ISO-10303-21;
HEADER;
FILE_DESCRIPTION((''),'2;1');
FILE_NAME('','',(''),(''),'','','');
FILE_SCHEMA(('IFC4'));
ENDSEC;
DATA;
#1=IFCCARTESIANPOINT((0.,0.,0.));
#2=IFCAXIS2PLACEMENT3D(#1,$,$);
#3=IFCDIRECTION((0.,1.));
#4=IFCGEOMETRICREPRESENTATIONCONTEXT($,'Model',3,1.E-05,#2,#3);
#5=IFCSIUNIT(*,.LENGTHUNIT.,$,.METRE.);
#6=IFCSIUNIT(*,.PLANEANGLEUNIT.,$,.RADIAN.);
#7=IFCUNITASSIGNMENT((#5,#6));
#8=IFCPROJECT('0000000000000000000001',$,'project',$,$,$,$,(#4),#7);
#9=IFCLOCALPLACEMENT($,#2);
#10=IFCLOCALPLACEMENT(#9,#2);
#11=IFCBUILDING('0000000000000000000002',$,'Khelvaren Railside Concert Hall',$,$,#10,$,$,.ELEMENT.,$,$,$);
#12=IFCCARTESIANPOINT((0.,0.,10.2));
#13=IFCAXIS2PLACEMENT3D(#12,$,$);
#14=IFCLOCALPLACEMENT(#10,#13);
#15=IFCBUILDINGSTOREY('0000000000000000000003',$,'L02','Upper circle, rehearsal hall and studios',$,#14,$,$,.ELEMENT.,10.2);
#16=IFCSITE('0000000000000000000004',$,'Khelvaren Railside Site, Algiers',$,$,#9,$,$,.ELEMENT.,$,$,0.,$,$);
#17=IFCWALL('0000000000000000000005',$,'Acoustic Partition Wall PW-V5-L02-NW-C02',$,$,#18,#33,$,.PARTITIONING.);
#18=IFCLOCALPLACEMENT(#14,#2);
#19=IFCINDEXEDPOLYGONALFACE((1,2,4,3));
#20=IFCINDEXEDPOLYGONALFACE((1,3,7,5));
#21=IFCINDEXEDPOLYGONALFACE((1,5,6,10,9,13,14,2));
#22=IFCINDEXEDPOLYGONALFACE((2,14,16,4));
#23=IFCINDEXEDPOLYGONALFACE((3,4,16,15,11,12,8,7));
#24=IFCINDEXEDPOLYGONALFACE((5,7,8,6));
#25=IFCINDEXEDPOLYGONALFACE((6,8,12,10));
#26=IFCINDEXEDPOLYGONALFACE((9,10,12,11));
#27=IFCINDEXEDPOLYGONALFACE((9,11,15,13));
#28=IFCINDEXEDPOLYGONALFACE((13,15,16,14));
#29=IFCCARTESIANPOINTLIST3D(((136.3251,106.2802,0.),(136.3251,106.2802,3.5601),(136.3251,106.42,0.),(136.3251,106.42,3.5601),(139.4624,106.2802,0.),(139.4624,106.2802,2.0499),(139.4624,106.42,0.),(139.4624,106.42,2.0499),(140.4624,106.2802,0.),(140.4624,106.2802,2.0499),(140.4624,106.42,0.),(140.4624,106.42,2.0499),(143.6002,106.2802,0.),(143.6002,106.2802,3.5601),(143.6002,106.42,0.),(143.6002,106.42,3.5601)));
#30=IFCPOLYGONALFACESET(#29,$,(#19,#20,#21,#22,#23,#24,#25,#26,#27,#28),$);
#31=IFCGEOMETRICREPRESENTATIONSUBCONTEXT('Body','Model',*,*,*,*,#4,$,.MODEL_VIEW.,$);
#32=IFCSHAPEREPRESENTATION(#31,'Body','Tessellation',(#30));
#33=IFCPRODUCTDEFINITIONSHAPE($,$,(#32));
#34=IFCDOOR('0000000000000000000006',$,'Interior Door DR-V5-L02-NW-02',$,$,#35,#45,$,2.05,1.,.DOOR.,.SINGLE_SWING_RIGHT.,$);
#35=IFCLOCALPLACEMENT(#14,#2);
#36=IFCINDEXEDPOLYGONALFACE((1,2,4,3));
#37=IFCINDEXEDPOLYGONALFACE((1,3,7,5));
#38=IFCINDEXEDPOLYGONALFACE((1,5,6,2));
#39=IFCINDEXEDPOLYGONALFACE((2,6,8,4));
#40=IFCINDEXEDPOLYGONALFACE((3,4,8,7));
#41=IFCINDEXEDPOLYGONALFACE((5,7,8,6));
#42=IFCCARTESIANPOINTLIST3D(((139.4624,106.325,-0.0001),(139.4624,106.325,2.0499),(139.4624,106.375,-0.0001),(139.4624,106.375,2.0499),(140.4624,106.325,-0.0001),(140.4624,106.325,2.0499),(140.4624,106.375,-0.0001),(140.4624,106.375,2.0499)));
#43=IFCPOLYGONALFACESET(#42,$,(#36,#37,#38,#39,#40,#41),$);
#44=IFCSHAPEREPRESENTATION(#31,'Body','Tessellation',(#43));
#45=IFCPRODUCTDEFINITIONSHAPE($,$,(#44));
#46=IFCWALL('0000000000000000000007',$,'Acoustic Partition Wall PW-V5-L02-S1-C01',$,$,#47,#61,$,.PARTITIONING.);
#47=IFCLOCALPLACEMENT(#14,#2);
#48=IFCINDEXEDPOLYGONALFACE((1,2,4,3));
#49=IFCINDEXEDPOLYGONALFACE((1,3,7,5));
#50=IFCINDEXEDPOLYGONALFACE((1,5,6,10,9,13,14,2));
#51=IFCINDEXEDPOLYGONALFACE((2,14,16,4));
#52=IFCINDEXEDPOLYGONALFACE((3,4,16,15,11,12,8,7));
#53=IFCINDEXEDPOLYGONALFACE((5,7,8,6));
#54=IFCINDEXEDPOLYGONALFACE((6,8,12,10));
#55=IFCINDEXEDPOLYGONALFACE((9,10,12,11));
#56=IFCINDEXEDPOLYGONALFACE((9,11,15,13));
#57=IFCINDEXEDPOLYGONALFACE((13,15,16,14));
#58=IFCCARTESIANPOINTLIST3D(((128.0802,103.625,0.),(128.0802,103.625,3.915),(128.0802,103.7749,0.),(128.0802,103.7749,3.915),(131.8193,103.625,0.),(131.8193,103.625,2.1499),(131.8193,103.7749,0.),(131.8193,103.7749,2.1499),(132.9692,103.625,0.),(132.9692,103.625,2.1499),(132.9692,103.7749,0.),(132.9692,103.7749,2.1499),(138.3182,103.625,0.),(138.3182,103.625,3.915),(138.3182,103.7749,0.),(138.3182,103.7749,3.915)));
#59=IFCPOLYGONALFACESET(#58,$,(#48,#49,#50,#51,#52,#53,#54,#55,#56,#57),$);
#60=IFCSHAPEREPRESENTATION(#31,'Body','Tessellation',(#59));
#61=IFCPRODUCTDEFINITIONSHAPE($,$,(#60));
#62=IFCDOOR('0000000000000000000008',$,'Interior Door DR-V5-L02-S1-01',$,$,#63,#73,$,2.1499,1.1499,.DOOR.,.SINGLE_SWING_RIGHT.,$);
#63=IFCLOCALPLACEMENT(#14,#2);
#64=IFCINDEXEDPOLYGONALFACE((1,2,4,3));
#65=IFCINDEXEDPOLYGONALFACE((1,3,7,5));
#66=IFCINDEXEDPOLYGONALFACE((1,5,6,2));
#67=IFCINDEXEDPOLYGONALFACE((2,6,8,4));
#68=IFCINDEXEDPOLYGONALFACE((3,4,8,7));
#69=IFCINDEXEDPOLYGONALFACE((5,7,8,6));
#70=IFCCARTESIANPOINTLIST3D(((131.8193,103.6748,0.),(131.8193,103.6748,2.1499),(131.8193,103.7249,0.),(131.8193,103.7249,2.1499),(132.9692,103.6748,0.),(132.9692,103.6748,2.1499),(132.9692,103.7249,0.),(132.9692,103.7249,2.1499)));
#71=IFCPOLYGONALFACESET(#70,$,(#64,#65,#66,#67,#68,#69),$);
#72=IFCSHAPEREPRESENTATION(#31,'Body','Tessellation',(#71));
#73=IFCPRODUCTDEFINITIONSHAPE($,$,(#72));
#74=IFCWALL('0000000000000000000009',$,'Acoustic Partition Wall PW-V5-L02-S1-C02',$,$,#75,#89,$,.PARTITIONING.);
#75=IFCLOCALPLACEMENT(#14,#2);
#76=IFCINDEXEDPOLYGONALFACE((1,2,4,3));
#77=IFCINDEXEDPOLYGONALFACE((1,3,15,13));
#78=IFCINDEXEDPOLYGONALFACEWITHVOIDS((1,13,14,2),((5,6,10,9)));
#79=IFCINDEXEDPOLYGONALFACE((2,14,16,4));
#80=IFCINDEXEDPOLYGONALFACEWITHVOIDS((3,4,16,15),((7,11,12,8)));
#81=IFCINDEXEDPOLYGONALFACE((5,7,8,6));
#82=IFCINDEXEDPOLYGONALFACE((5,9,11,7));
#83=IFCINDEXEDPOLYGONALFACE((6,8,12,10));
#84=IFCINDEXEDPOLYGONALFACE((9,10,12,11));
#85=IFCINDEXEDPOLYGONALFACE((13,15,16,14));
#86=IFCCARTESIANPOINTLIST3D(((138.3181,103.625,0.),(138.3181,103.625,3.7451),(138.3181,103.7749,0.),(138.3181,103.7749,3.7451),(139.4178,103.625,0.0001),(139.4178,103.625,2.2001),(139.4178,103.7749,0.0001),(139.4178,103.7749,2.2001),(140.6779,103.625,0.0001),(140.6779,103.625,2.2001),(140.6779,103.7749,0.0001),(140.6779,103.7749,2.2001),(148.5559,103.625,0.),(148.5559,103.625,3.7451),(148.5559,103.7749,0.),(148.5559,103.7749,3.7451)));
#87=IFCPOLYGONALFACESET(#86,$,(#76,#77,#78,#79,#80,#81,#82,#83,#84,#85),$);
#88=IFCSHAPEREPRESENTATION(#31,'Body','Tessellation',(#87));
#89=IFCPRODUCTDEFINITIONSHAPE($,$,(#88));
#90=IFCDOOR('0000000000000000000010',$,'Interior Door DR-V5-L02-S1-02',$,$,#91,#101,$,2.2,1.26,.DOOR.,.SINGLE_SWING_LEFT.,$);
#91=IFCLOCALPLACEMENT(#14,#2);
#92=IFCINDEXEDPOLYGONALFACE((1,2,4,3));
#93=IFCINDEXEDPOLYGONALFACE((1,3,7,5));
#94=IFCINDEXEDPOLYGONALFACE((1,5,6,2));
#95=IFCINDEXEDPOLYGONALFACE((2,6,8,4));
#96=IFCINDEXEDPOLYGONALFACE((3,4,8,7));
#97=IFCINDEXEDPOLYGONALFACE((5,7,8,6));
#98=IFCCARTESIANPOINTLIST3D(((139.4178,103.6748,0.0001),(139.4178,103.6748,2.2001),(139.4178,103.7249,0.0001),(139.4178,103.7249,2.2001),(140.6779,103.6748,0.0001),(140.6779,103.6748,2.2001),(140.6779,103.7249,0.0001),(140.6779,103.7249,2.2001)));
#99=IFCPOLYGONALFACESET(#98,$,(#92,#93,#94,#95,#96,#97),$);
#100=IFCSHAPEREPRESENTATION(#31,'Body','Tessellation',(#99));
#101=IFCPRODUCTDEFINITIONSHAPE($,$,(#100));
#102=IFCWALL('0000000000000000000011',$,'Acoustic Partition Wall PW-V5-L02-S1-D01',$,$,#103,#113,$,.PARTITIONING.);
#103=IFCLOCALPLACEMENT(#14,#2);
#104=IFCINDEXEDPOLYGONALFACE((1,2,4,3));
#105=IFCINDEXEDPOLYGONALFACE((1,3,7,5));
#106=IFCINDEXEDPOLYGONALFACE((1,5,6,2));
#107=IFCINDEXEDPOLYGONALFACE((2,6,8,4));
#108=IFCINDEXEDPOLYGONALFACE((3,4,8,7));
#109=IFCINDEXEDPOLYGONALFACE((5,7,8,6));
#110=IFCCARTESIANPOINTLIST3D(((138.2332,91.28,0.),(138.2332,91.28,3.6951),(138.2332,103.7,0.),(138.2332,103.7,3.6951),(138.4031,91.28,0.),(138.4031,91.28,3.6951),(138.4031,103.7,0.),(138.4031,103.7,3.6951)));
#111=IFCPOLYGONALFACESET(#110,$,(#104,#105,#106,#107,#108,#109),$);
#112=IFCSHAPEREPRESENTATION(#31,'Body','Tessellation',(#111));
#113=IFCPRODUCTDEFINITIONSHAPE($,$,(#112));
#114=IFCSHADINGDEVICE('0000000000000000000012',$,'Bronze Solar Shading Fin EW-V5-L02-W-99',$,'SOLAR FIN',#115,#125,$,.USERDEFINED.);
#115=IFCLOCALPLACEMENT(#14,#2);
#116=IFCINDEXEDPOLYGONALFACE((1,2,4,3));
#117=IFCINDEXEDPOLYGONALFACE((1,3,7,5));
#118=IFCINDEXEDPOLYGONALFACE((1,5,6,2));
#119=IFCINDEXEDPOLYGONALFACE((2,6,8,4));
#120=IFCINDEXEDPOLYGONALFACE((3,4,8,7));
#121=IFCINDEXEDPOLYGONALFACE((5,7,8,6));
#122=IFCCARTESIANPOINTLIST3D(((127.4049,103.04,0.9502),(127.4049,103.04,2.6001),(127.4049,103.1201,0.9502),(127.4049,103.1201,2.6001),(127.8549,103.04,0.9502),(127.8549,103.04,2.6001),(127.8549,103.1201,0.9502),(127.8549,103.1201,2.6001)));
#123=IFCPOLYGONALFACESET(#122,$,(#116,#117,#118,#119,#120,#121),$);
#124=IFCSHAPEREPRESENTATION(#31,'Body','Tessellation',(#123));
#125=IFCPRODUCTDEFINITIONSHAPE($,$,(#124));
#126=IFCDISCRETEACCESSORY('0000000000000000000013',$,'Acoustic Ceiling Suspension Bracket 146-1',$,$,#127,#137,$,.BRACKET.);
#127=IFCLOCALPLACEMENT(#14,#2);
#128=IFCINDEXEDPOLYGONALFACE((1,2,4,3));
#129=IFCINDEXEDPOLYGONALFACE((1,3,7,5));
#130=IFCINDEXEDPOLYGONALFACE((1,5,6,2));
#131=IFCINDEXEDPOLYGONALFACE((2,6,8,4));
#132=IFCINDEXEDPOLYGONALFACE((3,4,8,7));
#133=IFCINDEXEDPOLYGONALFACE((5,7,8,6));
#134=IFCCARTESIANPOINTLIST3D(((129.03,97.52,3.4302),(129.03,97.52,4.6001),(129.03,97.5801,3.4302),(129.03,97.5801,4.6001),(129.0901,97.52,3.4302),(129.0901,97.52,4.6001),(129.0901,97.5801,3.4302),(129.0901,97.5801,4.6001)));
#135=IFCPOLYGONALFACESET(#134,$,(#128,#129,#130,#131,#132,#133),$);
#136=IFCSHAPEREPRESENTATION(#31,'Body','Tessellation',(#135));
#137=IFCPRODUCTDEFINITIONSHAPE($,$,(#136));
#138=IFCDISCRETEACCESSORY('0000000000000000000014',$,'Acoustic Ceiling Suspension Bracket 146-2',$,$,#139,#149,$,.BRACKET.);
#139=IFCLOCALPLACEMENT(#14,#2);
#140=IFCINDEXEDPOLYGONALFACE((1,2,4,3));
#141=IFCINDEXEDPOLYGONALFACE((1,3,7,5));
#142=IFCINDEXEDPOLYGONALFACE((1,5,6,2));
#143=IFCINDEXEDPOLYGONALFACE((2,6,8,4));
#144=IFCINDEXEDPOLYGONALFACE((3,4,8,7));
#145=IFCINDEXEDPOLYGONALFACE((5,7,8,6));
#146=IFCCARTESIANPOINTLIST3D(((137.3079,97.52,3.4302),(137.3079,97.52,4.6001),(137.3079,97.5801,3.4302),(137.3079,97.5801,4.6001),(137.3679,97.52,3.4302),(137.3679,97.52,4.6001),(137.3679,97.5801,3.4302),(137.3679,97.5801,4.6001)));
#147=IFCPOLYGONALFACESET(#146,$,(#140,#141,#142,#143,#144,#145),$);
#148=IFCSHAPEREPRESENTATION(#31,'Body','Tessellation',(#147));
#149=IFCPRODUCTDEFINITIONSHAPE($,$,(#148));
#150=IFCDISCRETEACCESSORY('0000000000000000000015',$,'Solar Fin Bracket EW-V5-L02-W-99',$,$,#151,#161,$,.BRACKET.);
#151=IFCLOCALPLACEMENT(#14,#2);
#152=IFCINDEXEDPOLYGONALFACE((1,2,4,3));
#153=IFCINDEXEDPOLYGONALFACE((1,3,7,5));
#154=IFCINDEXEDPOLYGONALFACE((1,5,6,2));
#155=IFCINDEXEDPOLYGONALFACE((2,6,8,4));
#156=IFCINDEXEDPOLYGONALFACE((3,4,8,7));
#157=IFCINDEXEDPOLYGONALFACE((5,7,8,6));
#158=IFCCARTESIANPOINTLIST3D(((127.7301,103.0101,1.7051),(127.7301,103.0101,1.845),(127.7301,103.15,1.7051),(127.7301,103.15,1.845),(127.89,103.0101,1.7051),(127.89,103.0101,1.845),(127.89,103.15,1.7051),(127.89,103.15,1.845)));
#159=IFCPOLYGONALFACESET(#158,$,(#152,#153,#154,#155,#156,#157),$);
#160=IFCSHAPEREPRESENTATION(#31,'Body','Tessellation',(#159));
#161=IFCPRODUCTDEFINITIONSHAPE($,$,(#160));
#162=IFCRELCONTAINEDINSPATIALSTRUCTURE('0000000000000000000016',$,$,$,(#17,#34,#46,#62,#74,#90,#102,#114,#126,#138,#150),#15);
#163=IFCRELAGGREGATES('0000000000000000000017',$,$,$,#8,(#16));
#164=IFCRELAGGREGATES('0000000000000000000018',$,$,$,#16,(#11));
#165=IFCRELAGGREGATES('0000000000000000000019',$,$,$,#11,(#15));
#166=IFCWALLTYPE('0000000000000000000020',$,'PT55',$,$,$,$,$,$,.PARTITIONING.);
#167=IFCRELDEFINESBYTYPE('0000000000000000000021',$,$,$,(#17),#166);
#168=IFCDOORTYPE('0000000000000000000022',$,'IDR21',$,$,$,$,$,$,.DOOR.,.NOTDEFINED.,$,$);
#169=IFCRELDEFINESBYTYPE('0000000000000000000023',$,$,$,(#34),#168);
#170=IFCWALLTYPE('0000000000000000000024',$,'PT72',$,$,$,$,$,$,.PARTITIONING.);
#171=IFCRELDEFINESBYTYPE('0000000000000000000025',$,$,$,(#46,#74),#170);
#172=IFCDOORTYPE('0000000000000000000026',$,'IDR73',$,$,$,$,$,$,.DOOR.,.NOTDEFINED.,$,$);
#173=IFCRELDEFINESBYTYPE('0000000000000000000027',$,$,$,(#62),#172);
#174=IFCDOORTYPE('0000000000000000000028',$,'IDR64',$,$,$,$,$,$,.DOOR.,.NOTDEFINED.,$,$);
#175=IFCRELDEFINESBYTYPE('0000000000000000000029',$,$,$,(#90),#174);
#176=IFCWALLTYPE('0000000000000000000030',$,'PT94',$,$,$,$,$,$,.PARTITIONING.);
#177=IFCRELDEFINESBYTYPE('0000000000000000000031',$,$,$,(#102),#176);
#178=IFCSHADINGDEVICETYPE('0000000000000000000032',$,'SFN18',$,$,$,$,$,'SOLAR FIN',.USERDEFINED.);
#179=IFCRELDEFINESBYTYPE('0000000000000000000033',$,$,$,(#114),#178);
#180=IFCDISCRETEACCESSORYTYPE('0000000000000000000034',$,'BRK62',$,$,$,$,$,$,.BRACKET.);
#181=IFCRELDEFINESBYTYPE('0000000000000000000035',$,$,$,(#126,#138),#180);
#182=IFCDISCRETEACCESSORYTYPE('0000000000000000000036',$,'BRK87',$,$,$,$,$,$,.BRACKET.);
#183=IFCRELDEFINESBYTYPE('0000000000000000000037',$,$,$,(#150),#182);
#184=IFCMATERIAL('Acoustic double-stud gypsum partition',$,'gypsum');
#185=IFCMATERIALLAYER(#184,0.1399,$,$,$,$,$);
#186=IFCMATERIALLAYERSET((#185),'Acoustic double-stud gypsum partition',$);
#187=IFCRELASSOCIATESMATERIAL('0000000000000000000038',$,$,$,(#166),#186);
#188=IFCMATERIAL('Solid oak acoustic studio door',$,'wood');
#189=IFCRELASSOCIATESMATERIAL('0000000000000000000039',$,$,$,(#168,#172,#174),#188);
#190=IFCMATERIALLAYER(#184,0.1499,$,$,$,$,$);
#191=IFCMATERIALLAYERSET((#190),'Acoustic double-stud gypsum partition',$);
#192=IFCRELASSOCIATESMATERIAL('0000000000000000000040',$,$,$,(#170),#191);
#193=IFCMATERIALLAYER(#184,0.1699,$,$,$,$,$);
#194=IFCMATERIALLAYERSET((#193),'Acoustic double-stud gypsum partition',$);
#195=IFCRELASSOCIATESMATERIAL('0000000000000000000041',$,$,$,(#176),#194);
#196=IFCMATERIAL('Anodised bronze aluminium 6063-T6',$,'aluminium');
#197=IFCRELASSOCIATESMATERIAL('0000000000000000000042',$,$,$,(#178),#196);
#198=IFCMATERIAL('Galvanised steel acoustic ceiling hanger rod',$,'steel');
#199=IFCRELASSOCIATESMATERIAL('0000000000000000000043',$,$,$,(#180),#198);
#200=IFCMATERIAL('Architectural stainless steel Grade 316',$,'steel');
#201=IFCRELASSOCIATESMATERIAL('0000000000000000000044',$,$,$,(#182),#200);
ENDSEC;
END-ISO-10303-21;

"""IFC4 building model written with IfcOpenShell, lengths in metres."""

from ifc_helpers import new_model, si_unit, direction, frame, frame_2d, origin, origin_2d, place, context, subcontext, project, spatial, rectangle, extrude, material, layer, layer_set, type_object, element, fill, save


model = new_model("IFC4")

# Units and contexts
model_context = context("Model", 3, precision=1e-05, world=origin(), true_north=direction((0.0, 1.0)))
body_context = subcontext(model_context, "Body", "Model", "MODEL_VIEW")
ifc_project = project(units=[si_unit("LENGTHUNIT", "METRE"), si_unit("PLANEANGLEUNIT", "RADIAN")], contexts=[model_context])

# Site, building, storey
site_placement = place(None, origin())
site = spatial("IfcSite", under=ifc_project, at=site_placement, Name="Khelvaren Railside Site, Algiers", CompositionType="ELEMENT", RefElevation=0.0)
building_placement = place(site_placement, origin())
building = spatial("IfcBuilding", under=site, at=building_placement, Name="Khelvaren Railside Concert Hall", CompositionType="ELEMENT")
storey_placement = place(building_placement, frame((0.0, 0.0, 10.2)))
storey = spatial("IfcBuildingStorey", under=building, at=storey_placement, Name="L02", Description="Upper circle, rehearsal hall and studios", CompositionType="ELEMENT", Elevation=10.2)

# Walls, openings, doors
ifc_material_1 = material(Name="Acoustic double-stud gypsum partition", Category="gypsum")
ifc_layer_1 = layer(ifc_material_1, 0.1399)
ifc_layer_set_1 = layer_set([ifc_layer_1], Name="Acoustic double-stud gypsum partition")
wall_type_1 = type_object("IfcWallType", Name="PT55", PredefinedType="PARTITIONING", material=ifc_layer_set_1)
ifc_material_2 = material(Name="Solid oak acoustic studio door", Category="wood")
wall_1_placement = place(storey_placement, frame((136.325, 106.3501, 0.0), z_axis=(0.0, 0.0, 1.0), x_axis=(1.0, 0.0, 0.0)))
wall_1 = element("IfcWall", 1, at=wall_1_placement, inside=storey, type_object=wall_type_1, Name="Acoustic Partition Wall PW-V5-L02-NW-C02", PredefinedType="PARTITIONING", context=body_context, shape_type="SweptSolid", body=[
    extrude(rectangle(XDim=7.2751, YDim=0.1399, at=frame_2d((3.6377, 0.0))), origin(), (0.0, 0.0, 1.0), 3.5601),
])
opening_1_placement = place(wall_1_placement, frame((3.1375, 0.0, 0.0)))
opening_1 = element("IfcOpeningElement", 2, at=opening_1_placement, cuts=wall_1, PredefinedType="OPENING", context=body_context, shape_type="SweptSolid", body=[
    extrude(rectangle(XDim=1.0, YDim=2.05, at=frame_2d((0.5, 1.0249))), frame((0.0, 0.0798, 0.0), z_axis=(0.0, -1.0, 0.0), x_axis=(1.0, 0.0, 0.0)), (0.0, 0.0, 1.0), 0.1599),
])
door_type_1 = type_object("IfcDoorType", Name="IDR21", OperationType="NOTDEFINED", PredefinedType="DOOR", material=ifc_material_2)
door_1_placement = place(opening_1_placement, origin())
door_1 = element("IfcDoor", 3, at=door_1_placement, inside=storey, type_object=door_type_1, Name="Interior Door DR-V5-L02-NW-02", OperationType="SINGLE_SWING_RIGHT", OverallHeight=2.05, OverallWidth=1.0, PredefinedType="DOOR", context=body_context, shape_type="SweptSolid", body=[
    extrude(rectangle(XDim=1.0, YDim=2.05, at=frame_2d((0.5, 1.0249))), frame((0.0, 0.0249, 0.0), z_axis=(0.0, -1.0, 0.0), x_axis=(1.0, 0.0, 0.0)), (0.0, 0.0, 1.0), 0.05),
])
fill(opening_1, door_1)
ifc_layer_2 = layer(ifc_material_1, 0.1499)
ifc_layer_set_2 = layer_set([ifc_layer_2], Name="Acoustic double-stud gypsum partition")
wall_type_2 = type_object("IfcWallType", Name="PT72", PredefinedType="PARTITIONING", material=ifc_layer_set_2)
wall_2_placement = place(storey_placement, frame((128.0801, 103.7, 0.0), z_axis=(0.0, 0.0, 1.0), x_axis=(1.0, 0.0, 0.0)))
wall_2 = element("IfcWall", 4, at=wall_2_placement, inside=storey, type_object=wall_type_2, Name="Acoustic Partition Wall PW-V5-L02-S1-C01", PredefinedType="PARTITIONING", context=body_context, shape_type="SweptSolid", body=[
    extrude(rectangle(XDim=10.238, YDim=0.1499, at=frame_2d((5.1191, 0.0))), origin(), (0.0, 0.0, 1.0), 3.915),
])
opening_2_placement = place(wall_2_placement, frame((3.7393, 0.0, 0.0)))
opening_2 = element("IfcOpeningElement", 5, at=opening_2_placement, cuts=wall_2, PredefinedType="OPENING", context=body_context, shape_type="SweptSolid", body=[
    extrude(rectangle(XDim=1.1499, YDim=2.1499, at=frame_2d((0.575, 1.075))), frame((0.0, 0.085, 0.0), z_axis=(0.0, -1.0, 0.0), x_axis=(1.0, 0.0, 0.0)), (0.0, 0.0, 1.0), 0.1699),
])
door_type_2 = type_object("IfcDoorType", Name="IDR73", OperationType="NOTDEFINED", PredefinedType="DOOR", material=ifc_material_2)
door_2_placement = place(opening_2_placement, origin())
door_2 = element("IfcDoor", 6, at=door_2_placement, inside=storey, type_object=door_type_2, Name="Interior Door DR-V5-L02-S1-01", OperationType="SINGLE_SWING_RIGHT", OverallHeight=2.1499, OverallWidth=1.1499, PredefinedType="DOOR", context=body_context, shape_type="SweptSolid", body=[
    extrude(rectangle(XDim=1.1499, YDim=2.1499, at=frame_2d((0.575, 1.075))), frame((0.0, 0.0249, 0.0), z_axis=(0.0, -1.0, 0.0), x_axis=(1.0, 0.0, 0.0)), (0.0, 0.0, 1.0), 0.05),
])
fill(opening_2, door_2)
wall_3_placement = place(storey_placement, frame((138.3181, 103.7, 0.0), z_axis=(0.0, 0.0, 1.0), x_axis=(1.0, 0.0, 0.0)))
wall_3 = element("IfcWall", 7, at=wall_3_placement, inside=storey, type_object=wall_type_2, Name="Acoustic Partition Wall PW-V5-L02-S1-C02", PredefinedType="PARTITIONING", context=body_context, shape_type="SweptSolid", body=[
    extrude(rectangle(XDim=10.2378, YDim=0.1499, at=frame_2d((5.1189, 0.0))), origin(), (0.0, 0.0, 1.0), 3.7451),
])
opening_3_placement = place(wall_3_placement, frame((1.0999, 0.0, 0.0)))
opening_3 = element("IfcOpeningElement", 8, at=opening_3_placement, cuts=wall_3, PredefinedType="OPENING", context=body_context, shape_type="SweptSolid", body=[
    extrude(rectangle(XDim=1.26, YDim=2.2, at=frame_2d((0.6299, 1.1001))), frame((0.0, 0.085, 0.0), z_axis=(0.0, -1.0, 0.0), x_axis=(1.0, 0.0, 0.0)), (0.0, 0.0, 1.0), 0.1699),
])
door_type_3 = type_object("IfcDoorType", Name="IDR64", OperationType="NOTDEFINED", PredefinedType="DOOR", material=ifc_material_2)
door_3_placement = place(opening_3_placement, origin())
door_3 = element("IfcDoor", 9, at=door_3_placement, inside=storey, type_object=door_type_3, Name="Interior Door DR-V5-L02-S1-02", OperationType="SINGLE_SWING_LEFT", OverallHeight=2.2, OverallWidth=1.26, PredefinedType="DOOR", context=body_context, shape_type="SweptSolid", body=[
    extrude(rectangle(XDim=1.26, YDim=2.2, at=frame_2d((0.6299, 1.1001))), frame((0.0, 0.0249, 0.0), z_axis=(0.0, -1.0, 0.0), x_axis=(1.0, 0.0, 0.0)), (0.0, 0.0, 1.0), 0.05),
])
fill(opening_3, door_3)

# Wall
ifc_layer_3 = layer(ifc_material_1, 0.1699)
ifc_layer_set_3 = layer_set([ifc_layer_3], Name="Acoustic double-stud gypsum partition")
wall_type_3 = type_object("IfcWallType", Name="PT94", PredefinedType="PARTITIONING", material=ifc_layer_set_3)
wall_4_placement = place(storey_placement, frame((138.3181, 91.28, 0.0), z_axis=(0.0, 0.0, 1.0), x_axis=(0.0, 1.0, 0.0)))
element("IfcWall", 10, at=wall_4_placement, inside=storey, type_object=wall_type_3, Name="Acoustic Partition Wall PW-V5-L02-S1-D01", PredefinedType="PARTITIONING", context=body_context, shape_type="SweptSolid", body=[
    extrude(rectangle(XDim=12.4199, YDim=0.1699, at=frame_2d((6.21, 0.0))), origin(), (0.0, 0.0, 1.0), 3.6951),
])

# Shading device
ifc_material_3 = material(Name="Anodised bronze aluminium 6063-T6", Category="aluminium")
shading_device_type = type_object("IfcShadingDeviceType", Name="SFN18", ElementType="SOLAR FIN", PredefinedType="USERDEFINED", material=ifc_material_3)
shading_device_placement = place(storey_placement, frame((127.6299, 103.0801, 0.9502), z_axis=(0.0, 0.0, 1.0), x_axis=(0.0, 1.0, 0.0)))
element("IfcShadingDevice", 11, at=shading_device_placement, inside=storey, type_object=shading_device_type, Name="Bronze Solar Shading Fin EW-V5-L02-W-99", ObjectType="SOLAR FIN", PredefinedType="USERDEFINED", context=body_context, shape_type="SweptSolid", body=[
    extrude(rectangle(XDim=0.0801, YDim=0.45, at=origin_2d()), origin(), (0.0, 0.0, 1.0), 1.6499),
])

# Discrete accessories
ifc_material_4 = material(Name="Galvanised steel acoustic ceiling hanger rod", Category="steel")
discrete_accessory_type_1 = type_object("IfcDiscreteAccessoryType", Name="BRK62", PredefinedType="BRACKET", material=ifc_material_4)
for number, where, z_axis, x_axis, name in (
    (12, (129.0601, 97.55, 3.4302), (0.0, 0.0, 1.0), (1.0, 0.0, 0.0), "Acoustic Ceiling Suspension Bracket 146-1"),
    (13, (137.3379, 97.55, 3.4302), (0.0, 0.0, 1.0), (1.0, 0.0, 0.0), "Acoustic Ceiling Suspension Bracket 146-2"),
):
    element("IfcDiscreteAccessory", number, at=place(storey_placement, frame(where, z_axis=z_axis, x_axis=x_axis)), inside=storey, type_object=discrete_accessory_type_1, Name=name, PredefinedType="BRACKET", context=body_context, shape_type="SweptSolid", body=[
        extrude(rectangle(XDim=0.0601, YDim=0.0601, at=origin_2d()), origin(), (0.0, 0.0, 1.0), 1.1699),
    ])
ifc_material_5 = material(Name="Architectural stainless steel Grade 316", Category="steel")
discrete_accessory_type_2 = type_object("IfcDiscreteAccessoryType", Name="BRK87", PredefinedType="BRACKET", material=ifc_material_5)
discrete_accessory_placement = place(storey_placement, frame((127.8101, 103.0801, 1.7051), z_axis=(0.0, 0.0, 1.0), x_axis=(0.0, 1.0, 0.0)))
element("IfcDiscreteAccessory", 14, at=discrete_accessory_placement, inside=storey, type_object=discrete_accessory_type_2, Name="Solar Fin Bracket EW-V5-L02-W-99", PredefinedType="BRACKET", context=body_context, shape_type="SweptSolid", body=[
    extrude(rectangle(XDim=0.1399, YDim=0.1599, at=origin_2d()), origin(), (0.0, 0.0, 1.0), 0.1399),
])

save(model, "model.ifc")
